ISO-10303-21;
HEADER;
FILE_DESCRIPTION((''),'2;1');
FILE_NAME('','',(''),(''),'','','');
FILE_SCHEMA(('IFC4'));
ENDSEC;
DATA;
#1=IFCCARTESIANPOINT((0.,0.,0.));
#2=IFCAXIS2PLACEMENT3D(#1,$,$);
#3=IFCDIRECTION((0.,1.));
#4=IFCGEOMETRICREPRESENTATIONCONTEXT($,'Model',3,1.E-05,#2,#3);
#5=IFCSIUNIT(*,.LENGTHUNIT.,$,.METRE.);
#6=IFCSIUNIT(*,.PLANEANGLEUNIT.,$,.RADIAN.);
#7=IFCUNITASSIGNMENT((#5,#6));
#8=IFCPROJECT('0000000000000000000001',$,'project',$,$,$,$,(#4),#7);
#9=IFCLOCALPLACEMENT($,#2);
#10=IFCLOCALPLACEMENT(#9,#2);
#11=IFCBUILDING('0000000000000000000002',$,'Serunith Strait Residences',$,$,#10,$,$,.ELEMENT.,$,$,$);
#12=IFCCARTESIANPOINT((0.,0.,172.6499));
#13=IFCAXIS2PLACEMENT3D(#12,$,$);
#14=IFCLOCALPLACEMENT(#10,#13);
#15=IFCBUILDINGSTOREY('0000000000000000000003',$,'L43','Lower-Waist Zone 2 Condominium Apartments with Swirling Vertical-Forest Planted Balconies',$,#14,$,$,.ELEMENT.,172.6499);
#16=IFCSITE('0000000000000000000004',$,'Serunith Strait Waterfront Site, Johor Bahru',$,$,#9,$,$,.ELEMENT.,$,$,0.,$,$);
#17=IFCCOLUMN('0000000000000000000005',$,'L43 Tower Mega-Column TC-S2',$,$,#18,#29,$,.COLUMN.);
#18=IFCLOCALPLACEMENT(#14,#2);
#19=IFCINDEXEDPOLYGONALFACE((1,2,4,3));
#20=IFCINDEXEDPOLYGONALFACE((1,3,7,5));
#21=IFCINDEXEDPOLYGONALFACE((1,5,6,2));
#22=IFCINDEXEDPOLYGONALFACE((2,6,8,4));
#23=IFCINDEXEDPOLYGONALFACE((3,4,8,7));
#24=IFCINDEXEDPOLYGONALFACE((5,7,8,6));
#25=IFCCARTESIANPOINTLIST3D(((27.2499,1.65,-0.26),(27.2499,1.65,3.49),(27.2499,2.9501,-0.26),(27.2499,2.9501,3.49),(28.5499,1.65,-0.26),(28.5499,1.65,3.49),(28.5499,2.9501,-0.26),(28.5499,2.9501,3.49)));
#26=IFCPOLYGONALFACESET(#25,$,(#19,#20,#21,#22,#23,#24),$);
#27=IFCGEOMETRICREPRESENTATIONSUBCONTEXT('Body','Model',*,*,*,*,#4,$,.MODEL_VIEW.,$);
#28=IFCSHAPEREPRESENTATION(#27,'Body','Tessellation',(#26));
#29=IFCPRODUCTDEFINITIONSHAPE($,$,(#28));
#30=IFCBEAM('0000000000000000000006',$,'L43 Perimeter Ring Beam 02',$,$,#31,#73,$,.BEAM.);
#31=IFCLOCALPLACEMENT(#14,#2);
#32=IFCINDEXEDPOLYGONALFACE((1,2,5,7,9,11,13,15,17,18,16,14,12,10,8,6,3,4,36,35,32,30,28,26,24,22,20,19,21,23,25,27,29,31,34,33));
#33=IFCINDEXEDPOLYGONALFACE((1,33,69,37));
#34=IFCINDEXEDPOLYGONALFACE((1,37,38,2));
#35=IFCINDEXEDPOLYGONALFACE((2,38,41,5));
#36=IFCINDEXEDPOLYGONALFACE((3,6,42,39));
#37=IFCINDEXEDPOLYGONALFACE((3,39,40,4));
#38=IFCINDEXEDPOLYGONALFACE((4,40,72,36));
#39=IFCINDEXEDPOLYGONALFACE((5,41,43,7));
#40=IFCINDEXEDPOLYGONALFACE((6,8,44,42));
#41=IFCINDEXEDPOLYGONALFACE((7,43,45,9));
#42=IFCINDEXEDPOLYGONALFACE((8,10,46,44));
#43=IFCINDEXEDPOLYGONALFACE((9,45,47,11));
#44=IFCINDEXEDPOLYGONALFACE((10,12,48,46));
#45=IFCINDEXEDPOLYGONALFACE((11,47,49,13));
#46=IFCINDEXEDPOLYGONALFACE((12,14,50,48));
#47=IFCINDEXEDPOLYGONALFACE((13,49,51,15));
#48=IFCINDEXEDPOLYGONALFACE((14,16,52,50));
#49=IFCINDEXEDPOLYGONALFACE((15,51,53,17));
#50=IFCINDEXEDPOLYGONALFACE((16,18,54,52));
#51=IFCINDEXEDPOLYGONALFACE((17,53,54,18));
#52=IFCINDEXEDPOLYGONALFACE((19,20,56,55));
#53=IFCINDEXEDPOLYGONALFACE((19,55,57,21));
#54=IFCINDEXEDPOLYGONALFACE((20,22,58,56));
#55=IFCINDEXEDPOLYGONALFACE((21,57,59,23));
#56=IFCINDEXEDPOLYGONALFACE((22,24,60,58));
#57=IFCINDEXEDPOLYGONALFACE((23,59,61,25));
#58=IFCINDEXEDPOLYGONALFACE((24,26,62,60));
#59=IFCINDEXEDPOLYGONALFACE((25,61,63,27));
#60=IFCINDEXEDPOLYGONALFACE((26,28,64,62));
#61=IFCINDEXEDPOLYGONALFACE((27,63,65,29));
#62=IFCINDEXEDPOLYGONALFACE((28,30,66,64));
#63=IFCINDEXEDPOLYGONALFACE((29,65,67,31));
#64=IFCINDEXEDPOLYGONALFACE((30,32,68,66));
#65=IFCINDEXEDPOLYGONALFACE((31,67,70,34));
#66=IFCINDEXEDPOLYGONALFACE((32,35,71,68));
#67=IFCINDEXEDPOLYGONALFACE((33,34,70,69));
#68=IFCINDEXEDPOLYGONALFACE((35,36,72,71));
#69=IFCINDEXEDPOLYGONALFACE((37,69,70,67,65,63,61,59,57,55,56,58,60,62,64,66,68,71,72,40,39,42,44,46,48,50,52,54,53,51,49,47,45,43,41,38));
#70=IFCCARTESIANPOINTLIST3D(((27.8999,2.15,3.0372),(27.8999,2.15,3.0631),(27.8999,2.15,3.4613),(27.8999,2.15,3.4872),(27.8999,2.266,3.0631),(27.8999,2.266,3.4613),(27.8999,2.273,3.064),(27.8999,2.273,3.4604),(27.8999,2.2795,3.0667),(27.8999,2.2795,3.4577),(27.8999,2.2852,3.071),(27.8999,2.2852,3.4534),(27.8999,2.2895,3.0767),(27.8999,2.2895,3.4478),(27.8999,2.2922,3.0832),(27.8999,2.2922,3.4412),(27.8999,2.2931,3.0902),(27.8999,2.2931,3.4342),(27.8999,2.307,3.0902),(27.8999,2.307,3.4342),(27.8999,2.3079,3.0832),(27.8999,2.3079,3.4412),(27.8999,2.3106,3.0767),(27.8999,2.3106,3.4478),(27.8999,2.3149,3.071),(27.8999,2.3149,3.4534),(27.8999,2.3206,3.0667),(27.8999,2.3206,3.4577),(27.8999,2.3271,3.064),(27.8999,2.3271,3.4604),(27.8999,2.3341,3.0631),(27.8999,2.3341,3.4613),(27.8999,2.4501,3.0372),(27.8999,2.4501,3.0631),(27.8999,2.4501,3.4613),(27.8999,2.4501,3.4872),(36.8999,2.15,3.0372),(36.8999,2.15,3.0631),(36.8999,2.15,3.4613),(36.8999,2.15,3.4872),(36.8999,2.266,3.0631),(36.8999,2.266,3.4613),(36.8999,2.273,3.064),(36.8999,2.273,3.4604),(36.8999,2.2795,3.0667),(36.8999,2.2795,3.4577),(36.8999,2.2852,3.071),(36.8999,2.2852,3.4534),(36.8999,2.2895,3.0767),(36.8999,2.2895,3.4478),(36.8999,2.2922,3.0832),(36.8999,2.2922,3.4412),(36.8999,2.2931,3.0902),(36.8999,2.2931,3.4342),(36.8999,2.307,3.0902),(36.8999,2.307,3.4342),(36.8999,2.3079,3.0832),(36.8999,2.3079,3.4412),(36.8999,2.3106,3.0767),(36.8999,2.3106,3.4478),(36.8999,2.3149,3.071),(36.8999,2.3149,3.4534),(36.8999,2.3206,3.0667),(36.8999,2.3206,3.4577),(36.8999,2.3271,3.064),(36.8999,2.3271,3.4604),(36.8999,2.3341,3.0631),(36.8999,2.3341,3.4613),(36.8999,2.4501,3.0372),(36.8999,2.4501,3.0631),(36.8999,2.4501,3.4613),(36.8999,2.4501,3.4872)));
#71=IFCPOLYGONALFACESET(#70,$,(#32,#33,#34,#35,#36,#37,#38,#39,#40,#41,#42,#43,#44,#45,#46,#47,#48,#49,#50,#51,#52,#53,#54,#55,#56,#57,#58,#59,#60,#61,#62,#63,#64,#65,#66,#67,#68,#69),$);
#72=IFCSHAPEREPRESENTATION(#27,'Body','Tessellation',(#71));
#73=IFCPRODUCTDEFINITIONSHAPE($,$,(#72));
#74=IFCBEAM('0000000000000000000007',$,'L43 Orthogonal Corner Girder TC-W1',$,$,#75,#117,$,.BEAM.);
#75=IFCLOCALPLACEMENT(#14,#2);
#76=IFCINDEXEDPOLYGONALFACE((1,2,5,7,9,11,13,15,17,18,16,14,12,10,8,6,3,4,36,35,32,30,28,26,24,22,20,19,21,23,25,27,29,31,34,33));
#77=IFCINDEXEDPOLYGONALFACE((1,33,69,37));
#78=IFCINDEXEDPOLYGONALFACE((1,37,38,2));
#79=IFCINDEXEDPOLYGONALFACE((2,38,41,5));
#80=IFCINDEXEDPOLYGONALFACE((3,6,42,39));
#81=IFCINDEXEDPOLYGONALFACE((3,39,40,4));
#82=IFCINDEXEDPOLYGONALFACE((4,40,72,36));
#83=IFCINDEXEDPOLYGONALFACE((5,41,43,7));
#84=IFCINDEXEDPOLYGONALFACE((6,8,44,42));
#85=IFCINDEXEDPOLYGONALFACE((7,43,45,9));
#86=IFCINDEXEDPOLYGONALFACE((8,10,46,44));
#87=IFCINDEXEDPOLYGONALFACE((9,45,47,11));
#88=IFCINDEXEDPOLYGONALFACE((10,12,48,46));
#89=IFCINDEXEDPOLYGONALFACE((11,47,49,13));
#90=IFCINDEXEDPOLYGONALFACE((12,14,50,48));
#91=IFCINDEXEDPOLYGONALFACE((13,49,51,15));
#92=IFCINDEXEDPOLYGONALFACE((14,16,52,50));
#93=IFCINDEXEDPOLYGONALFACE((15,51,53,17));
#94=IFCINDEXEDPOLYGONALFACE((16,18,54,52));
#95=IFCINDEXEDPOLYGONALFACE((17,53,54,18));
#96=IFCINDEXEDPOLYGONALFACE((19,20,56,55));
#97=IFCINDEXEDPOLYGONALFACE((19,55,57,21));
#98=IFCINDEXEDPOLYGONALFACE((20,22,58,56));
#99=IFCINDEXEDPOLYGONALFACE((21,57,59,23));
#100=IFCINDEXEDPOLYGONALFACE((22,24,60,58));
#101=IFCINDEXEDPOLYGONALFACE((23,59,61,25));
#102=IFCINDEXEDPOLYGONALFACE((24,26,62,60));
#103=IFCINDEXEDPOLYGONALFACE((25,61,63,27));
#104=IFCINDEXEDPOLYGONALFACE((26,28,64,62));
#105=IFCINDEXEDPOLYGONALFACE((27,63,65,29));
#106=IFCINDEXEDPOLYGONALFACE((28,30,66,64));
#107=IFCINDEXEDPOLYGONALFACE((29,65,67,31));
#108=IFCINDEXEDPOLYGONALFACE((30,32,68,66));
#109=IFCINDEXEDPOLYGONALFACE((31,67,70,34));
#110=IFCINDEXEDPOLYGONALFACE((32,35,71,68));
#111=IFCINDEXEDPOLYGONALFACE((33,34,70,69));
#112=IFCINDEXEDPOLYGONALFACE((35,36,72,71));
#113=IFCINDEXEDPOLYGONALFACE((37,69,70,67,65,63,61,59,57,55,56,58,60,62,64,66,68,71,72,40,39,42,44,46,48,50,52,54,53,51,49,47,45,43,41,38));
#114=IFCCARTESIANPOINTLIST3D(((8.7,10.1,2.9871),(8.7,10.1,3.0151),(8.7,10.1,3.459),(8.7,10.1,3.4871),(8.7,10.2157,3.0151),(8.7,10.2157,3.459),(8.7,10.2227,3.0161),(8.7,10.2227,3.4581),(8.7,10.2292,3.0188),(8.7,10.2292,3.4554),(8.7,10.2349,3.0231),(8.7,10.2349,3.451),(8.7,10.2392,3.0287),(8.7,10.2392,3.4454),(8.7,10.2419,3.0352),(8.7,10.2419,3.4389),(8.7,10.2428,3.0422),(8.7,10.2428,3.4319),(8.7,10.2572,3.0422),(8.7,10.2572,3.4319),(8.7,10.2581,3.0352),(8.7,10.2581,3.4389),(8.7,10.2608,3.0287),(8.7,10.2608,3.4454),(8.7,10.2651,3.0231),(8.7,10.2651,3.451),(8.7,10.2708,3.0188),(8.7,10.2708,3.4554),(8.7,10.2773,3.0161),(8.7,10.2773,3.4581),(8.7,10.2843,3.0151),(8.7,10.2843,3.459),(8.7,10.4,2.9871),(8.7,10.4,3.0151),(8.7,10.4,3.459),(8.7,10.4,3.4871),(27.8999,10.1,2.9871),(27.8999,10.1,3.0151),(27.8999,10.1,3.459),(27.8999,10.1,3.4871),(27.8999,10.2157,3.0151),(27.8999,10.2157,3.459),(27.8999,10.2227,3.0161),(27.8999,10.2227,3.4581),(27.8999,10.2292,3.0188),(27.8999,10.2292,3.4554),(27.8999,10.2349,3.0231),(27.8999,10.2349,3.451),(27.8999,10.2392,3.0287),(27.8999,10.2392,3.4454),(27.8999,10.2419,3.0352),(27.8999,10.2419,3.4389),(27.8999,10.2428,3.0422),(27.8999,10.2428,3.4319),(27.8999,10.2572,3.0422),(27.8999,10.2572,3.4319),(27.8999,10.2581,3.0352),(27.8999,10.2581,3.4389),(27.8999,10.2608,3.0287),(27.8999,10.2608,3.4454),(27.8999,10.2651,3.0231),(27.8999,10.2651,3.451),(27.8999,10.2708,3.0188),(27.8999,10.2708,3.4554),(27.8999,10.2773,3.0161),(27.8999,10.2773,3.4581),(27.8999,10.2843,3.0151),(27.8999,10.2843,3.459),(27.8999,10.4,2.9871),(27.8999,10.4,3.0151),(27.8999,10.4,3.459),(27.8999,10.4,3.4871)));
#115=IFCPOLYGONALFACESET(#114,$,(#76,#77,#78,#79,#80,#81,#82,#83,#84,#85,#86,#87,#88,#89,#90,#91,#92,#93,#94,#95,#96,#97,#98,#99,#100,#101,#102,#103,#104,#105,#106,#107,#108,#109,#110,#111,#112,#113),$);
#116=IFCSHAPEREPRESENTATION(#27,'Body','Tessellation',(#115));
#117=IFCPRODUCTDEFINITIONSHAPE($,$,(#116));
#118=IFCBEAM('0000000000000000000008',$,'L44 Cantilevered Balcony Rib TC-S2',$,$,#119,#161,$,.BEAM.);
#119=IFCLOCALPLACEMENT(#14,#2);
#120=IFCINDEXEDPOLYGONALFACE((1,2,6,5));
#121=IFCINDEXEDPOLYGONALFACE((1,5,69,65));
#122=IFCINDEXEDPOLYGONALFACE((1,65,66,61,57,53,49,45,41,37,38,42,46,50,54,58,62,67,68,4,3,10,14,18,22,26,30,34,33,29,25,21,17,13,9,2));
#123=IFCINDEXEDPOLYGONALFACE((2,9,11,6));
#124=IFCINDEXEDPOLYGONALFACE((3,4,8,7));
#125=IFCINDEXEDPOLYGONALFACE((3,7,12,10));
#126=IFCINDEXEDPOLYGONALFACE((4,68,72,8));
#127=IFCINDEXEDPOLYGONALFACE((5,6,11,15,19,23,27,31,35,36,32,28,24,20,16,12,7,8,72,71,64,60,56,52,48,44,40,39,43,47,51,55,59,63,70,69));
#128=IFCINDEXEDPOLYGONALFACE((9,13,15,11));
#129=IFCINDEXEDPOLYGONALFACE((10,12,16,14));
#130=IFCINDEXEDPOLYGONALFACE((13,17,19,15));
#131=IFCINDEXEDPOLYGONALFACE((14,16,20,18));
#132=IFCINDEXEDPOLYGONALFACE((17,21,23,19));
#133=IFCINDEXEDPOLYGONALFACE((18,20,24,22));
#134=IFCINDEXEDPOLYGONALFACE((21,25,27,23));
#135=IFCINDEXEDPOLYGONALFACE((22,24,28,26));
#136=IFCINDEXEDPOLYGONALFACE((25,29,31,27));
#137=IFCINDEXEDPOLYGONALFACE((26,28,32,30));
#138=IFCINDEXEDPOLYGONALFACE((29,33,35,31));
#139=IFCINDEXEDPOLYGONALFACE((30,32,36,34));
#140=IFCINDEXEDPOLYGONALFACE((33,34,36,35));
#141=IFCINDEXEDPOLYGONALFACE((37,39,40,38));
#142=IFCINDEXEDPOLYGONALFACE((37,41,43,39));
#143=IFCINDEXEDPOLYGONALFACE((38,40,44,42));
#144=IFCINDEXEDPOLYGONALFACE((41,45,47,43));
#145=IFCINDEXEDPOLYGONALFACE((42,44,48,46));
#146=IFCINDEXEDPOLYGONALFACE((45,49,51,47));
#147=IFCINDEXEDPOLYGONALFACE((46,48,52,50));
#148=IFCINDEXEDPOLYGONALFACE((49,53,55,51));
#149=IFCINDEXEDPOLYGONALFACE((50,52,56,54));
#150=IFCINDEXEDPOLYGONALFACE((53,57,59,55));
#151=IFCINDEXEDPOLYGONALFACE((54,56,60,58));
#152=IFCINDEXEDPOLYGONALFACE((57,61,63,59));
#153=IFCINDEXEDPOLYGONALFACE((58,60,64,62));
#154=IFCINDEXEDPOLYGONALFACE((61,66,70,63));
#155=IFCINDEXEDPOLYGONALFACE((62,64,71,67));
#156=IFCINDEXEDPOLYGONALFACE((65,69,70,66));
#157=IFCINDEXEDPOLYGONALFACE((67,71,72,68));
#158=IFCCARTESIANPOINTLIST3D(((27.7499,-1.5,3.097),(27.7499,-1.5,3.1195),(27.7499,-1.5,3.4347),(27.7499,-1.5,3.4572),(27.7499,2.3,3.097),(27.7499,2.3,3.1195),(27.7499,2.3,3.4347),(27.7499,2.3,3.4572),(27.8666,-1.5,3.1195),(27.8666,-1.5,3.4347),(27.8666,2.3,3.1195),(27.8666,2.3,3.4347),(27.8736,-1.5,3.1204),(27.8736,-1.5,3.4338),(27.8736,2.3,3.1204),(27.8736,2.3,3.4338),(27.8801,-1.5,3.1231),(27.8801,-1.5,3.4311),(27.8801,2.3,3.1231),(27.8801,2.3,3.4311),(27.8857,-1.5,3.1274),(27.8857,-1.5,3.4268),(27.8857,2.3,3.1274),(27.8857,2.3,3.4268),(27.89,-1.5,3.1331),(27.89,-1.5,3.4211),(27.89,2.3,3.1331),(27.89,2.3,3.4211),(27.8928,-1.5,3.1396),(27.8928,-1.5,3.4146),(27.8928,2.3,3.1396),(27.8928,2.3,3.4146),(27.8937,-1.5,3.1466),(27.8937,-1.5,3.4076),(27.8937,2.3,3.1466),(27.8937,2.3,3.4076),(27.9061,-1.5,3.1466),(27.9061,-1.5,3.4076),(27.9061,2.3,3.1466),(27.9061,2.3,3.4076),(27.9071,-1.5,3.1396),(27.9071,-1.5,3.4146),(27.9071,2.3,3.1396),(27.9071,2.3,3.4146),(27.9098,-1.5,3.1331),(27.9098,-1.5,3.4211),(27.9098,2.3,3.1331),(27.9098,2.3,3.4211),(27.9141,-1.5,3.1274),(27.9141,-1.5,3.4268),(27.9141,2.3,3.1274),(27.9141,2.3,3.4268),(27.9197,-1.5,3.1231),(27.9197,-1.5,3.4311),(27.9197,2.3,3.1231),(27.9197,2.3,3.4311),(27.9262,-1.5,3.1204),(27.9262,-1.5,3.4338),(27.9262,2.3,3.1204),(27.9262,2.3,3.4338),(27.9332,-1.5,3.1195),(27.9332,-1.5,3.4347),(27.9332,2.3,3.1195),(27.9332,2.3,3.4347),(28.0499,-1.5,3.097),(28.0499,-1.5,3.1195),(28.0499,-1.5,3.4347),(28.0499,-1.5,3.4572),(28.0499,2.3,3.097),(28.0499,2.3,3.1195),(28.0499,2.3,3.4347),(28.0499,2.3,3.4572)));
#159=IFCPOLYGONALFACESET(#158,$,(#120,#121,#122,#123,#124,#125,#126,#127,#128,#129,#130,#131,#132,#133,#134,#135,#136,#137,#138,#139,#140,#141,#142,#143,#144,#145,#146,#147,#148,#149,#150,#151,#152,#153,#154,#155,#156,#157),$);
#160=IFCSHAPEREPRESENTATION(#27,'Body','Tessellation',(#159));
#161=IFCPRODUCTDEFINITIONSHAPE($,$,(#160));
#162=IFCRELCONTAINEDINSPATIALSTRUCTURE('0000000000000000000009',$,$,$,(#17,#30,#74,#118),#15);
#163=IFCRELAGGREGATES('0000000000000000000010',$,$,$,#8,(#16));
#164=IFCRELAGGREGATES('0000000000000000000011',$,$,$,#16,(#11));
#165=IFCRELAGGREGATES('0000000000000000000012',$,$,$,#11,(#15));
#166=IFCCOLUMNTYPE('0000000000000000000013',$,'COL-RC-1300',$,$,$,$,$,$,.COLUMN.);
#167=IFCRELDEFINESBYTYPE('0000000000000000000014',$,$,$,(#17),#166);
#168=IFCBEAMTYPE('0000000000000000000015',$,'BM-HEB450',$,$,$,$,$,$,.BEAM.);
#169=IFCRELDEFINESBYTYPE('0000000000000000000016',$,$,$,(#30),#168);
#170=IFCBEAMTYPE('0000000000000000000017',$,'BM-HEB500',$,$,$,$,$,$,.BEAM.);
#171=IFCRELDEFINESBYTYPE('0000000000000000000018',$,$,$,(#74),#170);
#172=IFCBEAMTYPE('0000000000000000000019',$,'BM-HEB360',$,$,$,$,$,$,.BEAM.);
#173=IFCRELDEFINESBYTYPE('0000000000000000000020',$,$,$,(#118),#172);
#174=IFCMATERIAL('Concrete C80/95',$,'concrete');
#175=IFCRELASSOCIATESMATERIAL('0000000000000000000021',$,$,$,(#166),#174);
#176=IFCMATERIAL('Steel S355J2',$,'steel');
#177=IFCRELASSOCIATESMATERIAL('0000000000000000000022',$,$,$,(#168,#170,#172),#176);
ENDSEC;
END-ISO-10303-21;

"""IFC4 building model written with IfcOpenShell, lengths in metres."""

from ifc_helpers import new_model, si_unit, direction, frame, origin, origin_2d, place, context, subcontext, project, spatial, rectangle, i_section, extrude, source, transform, mapped, material, material_profile, profile_set, type_object, element, save


model = new_model("IFC4")

# Units and contexts
model_context = context("Model", 3, precision=1e-05, world=origin(), true_north=direction((0.0, 1.0)))
body_context = subcontext(model_context, "Body", "Model", "MODEL_VIEW")
ifc_project = project(units=[si_unit("LENGTHUNIT", "METRE"), si_unit("PLANEANGLEUNIT", "RADIAN")], contexts=[model_context])

# Site, building, storey
site_placement = place(None, origin())
site = spatial("IfcSite", under=ifc_project, at=site_placement, Name="Serunith Strait Waterfront Site, Johor Bahru", CompositionType="ELEMENT", RefElevation=0.0)
building_placement = place(site_placement, origin())
building = spatial("IfcBuilding", under=site, at=building_placement, Name="Serunith Strait Residences", CompositionType="ELEMENT")
storey_placement = place(building_placement, frame((0.0, 0.0, 172.6499)))
storey = spatial("IfcBuildingStorey", under=building, at=storey_placement, Name="L43", Description="Lower-Waist Zone 2 Condominium Apartments with Swirling Vertical-Forest Planted Balconies", CompositionType="ELEMENT", Elevation=172.6499)

# Column
ifc_material_1 = material(Name="Concrete C80/95", Category="concrete")
ifc_material_profile_1 = material_profile(ifc_material_1, rectangle(XDim=1.3, YDim=1.3, at=origin_2d()), Name="RC 1300x1300")
ifc_profile_set_1 = profile_set([ifc_material_profile_1], Name="Concrete C80/95")
column_type = type_object("IfcColumnType", Name="COL-RC-1300", PredefinedType="COLUMN", material=ifc_profile_set_1)
shared_shape_1 = source(origin(), body_context, "Body", "SweptSolid", [
    extrude(rectangle(XDim=1.3, YDim=1.3, at=origin_2d()), origin(), (0.0, 0.0, 1.0), 3.75),
])
column_placement = place(storey_placement, frame((27.8999, 2.3, -0.26), z_axis=(0.0, 0.0, 1.0), x_axis=(1.0, 0.0, 0.0)))
element("IfcColumn", 1, at=column_placement, inside=storey, type_object=column_type, Name="L43 Tower Mega-Column TC-S2", PredefinedType="COLUMN", context=body_context, shape_type="MappedRepresentation", body=[
    mapped(shared_shape_1, transform((0.0, 0.0, 0.0), scale=1.0)),
])

# Beams
ifc_material_2 = material(Name="Steel S355J2", Category="steel")
ifc_material_profile_2 = material_profile(ifc_material_2, i_section(OverallWidth=0.3, OverallDepth=0.45, WebThickness=0.0139, FlangeThickness=0.0259, FilletRadius=0.0271, at=origin_2d()), Name="HEB 450")
ifc_profile_set_2 = profile_set([ifc_material_profile_2], Name="Steel S355J2")
beam_type_1 = type_object("IfcBeamType", Name="BM-HEB450", PredefinedType="BEAM", material=ifc_profile_set_2)
shared_shape_2 = source(origin(), body_context, "Body", "SweptSolid", [
    extrude(i_section(OverallWidth=0.3, OverallDepth=0.45, WebThickness=0.0139, FlangeThickness=0.0259, FilletRadius=0.0271, at=origin_2d()), origin(), (0.0, 0.0, 1.0), 9.0),
])
beam_1_placement = place(storey_placement, frame((27.8999, 2.3, 3.2622), z_axis=(1.0, 0.0, 0.0), x_axis=(0.0, 1.0, 0.0)))
element("IfcBeam", 2, at=beam_1_placement, inside=storey, type_object=beam_type_1, Name="L43 Perimeter Ring Beam 02", PredefinedType="BEAM", context=body_context, shape_type="MappedRepresentation", body=[
    mapped(shared_shape_2, transform((0.0, 0.0, 0.0), scale=1.0)),
])
ifc_material_profile_3 = material_profile(ifc_material_2, i_section(OverallWidth=0.3, OverallDepth=0.5, WebThickness=0.0144, FlangeThickness=0.0281, FilletRadius=0.0271, at=origin_2d()), Name="HEB 500")
ifc_profile_set_3 = profile_set([ifc_material_profile_3], Name="Steel S355J2")
beam_type_2 = type_object("IfcBeamType", Name="BM-HEB500", PredefinedType="BEAM", material=ifc_profile_set_3)
shared_shape_3 = source(origin(), body_context, "Body", "SweptSolid", [
    extrude(i_section(OverallWidth=0.3, OverallDepth=0.5, WebThickness=0.0144, FlangeThickness=0.0281, FilletRadius=0.0271, at=origin_2d()), origin(), (0.0, 0.0, 1.0), 19.2),
])
beam_2_placement = place(storey_placement, frame((27.8999, 10.25, 3.2371), z_axis=(-1.0, 0.0, 0.0), x_axis=(0.0, -1.0, 0.0)))
element("IfcBeam", 3, at=beam_2_placement, inside=storey, type_object=beam_type_2, Name="L43 Orthogonal Corner Girder TC-W1", PredefinedType="BEAM", context=body_context, shape_type="MappedRepresentation", body=[
    mapped(shared_shape_3, transform((0.0, 0.0, 0.0), scale=1.0)),
])
ifc_material_profile_4 = material_profile(ifc_material_2, i_section(OverallWidth=0.3, OverallDepth=0.3601, WebThickness=0.0125, FlangeThickness=0.0225, FilletRadius=0.0271, at=origin_2d()), Name="HEB 360")
ifc_profile_set_4 = profile_set([ifc_material_profile_4], Name="Steel S355J2")
beam_type_3 = type_object("IfcBeamType", Name="BM-HEB360", PredefinedType="BEAM", material=ifc_profile_set_4)
shared_shape_4 = source(origin(), body_context, "Body", "SweptSolid", [
    extrude(i_section(OverallWidth=0.3, OverallDepth=0.3601, WebThickness=0.0125, FlangeThickness=0.0225, FilletRadius=0.0271, at=origin_2d()), origin(), (0.0, 0.0, 1.0), 3.8),
])
beam_3_placement = place(storey_placement, frame((27.8999, 2.3, 3.2771), z_axis=(0.0, -1.0, 0.0), x_axis=(1.0, 0.0, 0.0)))
element("IfcBeam", 4, at=beam_3_placement, inside=storey, type_object=beam_type_3, Name="L44 Cantilevered Balcony Rib TC-S2", PredefinedType="BEAM", context=body_context, shape_type="MappedRepresentation", body=[
    mapped(shared_shape_4, transform((0.0, 0.0, 0.0), scale=1.0)),
])

save(model, "model.ifc")
